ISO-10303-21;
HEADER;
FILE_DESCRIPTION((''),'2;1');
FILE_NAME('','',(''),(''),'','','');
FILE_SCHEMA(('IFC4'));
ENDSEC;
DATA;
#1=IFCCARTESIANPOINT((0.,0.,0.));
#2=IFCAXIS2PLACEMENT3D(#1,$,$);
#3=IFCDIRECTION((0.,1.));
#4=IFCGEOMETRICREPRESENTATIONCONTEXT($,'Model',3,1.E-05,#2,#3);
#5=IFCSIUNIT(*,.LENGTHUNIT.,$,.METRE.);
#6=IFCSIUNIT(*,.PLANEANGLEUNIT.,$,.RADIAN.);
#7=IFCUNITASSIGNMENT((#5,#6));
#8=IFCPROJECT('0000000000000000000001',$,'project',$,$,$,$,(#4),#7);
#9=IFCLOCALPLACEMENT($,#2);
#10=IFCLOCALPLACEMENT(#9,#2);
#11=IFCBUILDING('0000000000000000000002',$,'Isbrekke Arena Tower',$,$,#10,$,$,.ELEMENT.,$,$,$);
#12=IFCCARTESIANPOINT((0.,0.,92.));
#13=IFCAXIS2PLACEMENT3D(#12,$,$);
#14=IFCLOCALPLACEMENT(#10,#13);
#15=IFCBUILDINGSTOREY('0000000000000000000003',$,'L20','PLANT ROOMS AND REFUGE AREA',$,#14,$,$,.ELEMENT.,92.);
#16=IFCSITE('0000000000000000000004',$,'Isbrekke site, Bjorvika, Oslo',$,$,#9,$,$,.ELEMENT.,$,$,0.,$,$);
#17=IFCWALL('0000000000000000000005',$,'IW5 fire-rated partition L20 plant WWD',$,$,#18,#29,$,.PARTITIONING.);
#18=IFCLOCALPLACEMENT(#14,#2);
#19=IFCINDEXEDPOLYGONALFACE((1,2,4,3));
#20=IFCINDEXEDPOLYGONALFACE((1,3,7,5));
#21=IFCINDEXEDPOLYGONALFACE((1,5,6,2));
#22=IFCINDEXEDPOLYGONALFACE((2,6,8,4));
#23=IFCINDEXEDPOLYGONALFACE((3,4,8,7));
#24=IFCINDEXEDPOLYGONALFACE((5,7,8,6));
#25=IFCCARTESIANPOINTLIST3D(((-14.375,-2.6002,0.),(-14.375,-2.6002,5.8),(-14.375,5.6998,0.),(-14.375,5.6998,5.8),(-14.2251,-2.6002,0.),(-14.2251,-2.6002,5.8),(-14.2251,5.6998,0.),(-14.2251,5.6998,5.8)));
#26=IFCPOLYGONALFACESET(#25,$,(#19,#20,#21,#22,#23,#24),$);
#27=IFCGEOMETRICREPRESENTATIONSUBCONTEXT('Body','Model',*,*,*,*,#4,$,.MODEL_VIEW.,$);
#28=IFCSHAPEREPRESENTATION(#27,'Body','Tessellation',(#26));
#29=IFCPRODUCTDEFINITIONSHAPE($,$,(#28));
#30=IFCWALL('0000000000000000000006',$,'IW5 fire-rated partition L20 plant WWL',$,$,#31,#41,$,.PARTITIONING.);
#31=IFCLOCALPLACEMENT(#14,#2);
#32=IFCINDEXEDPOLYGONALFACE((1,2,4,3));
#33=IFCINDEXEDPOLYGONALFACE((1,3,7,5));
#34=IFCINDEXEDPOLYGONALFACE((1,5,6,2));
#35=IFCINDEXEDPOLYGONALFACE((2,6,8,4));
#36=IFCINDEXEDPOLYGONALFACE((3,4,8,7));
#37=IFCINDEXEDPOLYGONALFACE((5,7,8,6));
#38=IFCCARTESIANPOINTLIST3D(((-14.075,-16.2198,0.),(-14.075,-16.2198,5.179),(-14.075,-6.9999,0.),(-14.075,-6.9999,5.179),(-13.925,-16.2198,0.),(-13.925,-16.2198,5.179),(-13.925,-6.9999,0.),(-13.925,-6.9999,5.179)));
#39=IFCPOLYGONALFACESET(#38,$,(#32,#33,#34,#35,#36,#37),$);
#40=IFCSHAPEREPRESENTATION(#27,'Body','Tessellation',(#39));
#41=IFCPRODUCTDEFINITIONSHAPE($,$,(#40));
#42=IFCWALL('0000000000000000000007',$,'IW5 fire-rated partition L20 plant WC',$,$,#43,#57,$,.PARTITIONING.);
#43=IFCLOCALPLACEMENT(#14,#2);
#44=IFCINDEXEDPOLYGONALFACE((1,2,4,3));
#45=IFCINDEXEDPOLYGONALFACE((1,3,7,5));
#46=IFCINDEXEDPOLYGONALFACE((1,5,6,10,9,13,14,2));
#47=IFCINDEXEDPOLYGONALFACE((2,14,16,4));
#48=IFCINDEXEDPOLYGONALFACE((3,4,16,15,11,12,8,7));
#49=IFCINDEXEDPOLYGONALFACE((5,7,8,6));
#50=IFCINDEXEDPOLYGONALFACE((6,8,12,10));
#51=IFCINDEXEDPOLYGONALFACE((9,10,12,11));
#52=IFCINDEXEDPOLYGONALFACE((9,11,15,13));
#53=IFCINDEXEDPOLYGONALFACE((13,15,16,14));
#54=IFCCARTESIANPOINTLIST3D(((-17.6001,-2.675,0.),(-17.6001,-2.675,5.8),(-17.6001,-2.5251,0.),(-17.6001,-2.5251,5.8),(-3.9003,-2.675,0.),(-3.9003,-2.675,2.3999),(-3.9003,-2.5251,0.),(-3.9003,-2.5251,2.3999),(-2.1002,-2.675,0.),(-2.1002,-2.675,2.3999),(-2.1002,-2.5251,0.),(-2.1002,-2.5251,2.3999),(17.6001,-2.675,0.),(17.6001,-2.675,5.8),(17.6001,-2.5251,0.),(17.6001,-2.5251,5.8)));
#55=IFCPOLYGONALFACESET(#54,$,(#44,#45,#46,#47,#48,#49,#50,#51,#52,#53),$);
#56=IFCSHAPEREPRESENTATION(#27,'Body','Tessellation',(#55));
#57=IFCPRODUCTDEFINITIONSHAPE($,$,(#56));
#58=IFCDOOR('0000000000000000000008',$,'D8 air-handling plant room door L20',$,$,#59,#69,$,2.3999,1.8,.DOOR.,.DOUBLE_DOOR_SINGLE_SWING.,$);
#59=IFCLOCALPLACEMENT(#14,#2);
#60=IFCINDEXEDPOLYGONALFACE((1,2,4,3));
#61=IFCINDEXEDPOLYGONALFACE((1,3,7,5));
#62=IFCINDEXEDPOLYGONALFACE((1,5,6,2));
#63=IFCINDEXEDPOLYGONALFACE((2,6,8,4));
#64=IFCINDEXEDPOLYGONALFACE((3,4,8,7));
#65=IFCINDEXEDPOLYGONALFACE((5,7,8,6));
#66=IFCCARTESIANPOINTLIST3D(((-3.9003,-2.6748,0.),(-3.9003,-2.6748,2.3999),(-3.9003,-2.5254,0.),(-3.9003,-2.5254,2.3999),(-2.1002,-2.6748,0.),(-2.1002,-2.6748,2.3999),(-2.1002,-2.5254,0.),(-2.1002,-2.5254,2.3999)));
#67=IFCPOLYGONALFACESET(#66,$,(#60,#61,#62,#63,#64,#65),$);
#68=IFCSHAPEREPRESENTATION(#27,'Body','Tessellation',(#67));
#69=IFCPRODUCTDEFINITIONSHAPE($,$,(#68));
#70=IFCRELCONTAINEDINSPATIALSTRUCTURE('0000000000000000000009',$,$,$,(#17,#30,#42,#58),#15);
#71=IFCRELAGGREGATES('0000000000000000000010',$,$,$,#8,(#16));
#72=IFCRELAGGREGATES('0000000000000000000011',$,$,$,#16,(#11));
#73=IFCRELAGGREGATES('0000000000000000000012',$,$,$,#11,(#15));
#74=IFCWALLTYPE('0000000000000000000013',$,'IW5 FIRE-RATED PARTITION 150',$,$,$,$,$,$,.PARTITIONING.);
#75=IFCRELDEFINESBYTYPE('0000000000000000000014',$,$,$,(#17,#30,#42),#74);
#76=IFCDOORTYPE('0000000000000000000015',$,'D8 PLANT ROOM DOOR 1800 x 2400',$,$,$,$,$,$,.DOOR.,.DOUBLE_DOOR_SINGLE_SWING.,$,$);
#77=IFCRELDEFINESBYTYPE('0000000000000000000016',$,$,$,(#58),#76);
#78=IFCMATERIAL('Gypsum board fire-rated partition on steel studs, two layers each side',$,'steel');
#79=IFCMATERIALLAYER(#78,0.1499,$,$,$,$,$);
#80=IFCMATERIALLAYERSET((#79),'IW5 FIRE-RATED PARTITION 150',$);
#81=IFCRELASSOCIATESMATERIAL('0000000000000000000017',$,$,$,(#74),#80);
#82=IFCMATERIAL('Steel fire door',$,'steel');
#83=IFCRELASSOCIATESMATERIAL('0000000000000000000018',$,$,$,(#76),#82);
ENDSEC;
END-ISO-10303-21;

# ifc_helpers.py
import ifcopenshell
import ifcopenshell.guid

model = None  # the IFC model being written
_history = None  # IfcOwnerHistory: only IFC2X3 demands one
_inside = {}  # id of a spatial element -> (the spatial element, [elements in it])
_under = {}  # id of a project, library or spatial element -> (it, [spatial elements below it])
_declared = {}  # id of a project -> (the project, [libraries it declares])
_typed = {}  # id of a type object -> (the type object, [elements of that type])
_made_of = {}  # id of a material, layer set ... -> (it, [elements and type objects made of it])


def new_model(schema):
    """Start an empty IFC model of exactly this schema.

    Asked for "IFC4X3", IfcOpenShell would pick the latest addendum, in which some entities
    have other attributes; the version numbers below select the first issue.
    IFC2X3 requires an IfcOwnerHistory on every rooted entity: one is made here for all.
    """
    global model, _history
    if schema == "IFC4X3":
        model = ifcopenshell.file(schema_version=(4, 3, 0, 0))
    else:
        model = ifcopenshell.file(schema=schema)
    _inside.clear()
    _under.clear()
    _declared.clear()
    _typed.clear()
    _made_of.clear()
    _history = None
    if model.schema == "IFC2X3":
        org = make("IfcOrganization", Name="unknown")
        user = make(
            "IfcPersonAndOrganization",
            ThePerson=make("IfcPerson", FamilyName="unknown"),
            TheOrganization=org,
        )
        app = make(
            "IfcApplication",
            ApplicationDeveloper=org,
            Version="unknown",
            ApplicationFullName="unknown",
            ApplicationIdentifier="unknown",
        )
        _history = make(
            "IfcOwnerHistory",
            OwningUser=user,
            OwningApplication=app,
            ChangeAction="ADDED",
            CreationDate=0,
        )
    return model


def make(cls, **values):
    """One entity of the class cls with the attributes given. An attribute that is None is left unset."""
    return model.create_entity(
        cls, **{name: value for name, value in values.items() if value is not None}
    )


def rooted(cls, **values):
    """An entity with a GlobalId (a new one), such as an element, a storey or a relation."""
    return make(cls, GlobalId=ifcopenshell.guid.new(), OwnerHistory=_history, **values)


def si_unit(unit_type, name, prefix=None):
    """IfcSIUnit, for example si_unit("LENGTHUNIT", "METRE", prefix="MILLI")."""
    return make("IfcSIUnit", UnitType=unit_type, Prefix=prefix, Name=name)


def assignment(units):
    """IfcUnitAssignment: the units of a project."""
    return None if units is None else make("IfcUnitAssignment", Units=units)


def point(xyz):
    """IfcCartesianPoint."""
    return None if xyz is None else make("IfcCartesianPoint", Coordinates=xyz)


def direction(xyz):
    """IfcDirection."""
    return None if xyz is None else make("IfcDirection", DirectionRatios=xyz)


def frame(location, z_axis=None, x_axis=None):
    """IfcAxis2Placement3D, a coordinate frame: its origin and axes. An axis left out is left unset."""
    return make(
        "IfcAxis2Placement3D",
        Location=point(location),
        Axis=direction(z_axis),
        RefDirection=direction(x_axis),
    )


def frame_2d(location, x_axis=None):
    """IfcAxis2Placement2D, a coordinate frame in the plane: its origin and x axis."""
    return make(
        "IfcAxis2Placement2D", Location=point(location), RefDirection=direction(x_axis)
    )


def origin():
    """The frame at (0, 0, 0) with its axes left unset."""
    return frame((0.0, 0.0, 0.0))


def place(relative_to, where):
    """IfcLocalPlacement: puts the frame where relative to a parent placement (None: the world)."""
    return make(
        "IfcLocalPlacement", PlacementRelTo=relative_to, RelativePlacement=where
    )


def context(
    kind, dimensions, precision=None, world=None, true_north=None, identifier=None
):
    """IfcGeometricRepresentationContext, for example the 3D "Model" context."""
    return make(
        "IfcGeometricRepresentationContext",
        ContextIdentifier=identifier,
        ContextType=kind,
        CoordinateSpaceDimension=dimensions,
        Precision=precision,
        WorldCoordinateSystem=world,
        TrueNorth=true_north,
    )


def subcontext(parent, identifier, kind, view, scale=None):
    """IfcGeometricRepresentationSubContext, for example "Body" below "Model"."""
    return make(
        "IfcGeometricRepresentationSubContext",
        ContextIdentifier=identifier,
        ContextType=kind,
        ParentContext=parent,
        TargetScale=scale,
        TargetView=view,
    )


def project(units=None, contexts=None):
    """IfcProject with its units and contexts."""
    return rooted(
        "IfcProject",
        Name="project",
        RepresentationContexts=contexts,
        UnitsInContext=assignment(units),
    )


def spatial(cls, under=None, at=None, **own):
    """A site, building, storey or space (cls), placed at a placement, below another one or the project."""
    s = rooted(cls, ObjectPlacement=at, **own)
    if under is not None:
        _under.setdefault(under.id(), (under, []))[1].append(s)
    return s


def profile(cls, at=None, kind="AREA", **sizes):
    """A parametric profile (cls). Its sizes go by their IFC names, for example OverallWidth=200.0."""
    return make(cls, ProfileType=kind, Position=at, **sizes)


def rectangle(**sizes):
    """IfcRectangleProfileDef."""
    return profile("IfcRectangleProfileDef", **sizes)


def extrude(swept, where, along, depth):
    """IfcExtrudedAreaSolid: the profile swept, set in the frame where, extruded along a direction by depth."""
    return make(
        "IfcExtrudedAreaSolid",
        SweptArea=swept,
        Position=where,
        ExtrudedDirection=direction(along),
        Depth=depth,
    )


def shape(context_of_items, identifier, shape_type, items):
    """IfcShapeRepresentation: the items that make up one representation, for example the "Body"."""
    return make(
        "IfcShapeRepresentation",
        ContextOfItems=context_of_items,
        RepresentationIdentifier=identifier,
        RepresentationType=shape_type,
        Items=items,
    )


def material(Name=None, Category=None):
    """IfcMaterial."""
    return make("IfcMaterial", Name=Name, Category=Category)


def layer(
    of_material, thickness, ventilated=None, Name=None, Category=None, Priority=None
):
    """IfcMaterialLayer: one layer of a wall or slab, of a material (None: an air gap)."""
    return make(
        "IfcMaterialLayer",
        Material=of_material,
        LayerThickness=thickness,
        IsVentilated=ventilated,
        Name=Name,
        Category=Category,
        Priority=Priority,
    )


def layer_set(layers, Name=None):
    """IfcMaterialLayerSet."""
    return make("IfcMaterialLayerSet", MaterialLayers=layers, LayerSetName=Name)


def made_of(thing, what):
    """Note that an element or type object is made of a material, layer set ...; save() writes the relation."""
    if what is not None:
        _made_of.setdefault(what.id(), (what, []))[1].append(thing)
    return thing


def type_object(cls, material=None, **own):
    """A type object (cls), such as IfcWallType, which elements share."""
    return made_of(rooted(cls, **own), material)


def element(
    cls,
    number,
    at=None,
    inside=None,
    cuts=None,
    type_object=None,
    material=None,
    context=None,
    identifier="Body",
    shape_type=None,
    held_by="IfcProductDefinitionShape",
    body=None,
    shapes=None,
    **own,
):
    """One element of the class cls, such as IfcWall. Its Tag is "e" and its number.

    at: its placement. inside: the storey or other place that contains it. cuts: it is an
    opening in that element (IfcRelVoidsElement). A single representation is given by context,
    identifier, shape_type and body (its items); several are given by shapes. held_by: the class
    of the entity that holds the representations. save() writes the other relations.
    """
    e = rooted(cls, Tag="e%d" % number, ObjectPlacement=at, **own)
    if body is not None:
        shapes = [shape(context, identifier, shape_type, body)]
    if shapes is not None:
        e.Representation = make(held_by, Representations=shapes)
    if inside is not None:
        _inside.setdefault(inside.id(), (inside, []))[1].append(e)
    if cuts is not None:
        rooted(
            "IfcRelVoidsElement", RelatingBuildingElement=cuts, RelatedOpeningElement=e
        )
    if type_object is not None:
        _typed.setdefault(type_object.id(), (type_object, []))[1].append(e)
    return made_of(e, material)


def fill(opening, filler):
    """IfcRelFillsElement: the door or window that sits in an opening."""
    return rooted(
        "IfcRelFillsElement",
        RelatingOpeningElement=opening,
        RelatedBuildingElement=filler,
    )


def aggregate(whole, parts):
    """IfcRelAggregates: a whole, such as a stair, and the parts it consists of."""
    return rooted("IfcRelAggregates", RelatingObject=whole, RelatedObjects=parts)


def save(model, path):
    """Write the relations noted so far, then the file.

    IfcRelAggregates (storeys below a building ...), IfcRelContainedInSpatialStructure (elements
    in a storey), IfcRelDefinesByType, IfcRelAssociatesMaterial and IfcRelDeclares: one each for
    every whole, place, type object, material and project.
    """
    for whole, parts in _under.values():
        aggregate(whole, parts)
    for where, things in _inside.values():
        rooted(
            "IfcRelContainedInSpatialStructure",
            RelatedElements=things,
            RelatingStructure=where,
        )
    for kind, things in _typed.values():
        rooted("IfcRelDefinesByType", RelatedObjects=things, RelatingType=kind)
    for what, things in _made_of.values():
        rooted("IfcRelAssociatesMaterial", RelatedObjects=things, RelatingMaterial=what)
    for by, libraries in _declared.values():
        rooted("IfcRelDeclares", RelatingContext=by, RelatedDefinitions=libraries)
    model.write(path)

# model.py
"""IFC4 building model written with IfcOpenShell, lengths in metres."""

from ifc_helpers import new_model, si_unit, direction, frame, frame_2d, origin, place, context, subcontext, project, spatial, rectangle, extrude, material, layer, layer_set, type_object, element, fill, save


model = new_model("IFC4")

# Units and contexts
model_context = context("Model", 3, precision=1e-05, world=origin(), true_north=direction((0.0, 1.0)))
body_context = subcontext(model_context, "Body", "Model", "MODEL_VIEW")
ifc_project = project(units=[si_unit("LENGTHUNIT", "METRE"), si_unit("PLANEANGLEUNIT", "RADIAN")], contexts=[model_context])

# Site, building, storey
site_placement = place(None, origin())
site = spatial("IfcSite", under=ifc_project, at=site_placement, Name="Isbrekke site, Bjorvika, Oslo", CompositionType="ELEMENT", RefElevation=0.0)
building_placement = place(site_placement, origin())
building = spatial("IfcBuilding", under=site, at=building_placement, Name="Isbrekke Arena Tower", CompositionType="ELEMENT")
storey_placement = place(building_placement, frame((0.0, 0.0, 92.0)))
storey = spatial("IfcBuildingStorey", under=building, at=storey_placement, Name="L20", Description="PLANT ROOMS AND REFUGE AREA", CompositionType="ELEMENT", Elevation=92.0)

# Shared definitions
ifc_material_1 = material(Name="Gypsum board fire-rated partition on steel studs, two layers each side", Category="steel")
ifc_layer_1 = layer(ifc_material_1, 0.1499)
ifc_layer_set_1 = layer_set([ifc_layer_1], Name="IW5 FIRE-RATED PARTITION 150")
wall_type = type_object("IfcWallType", Name="IW5 FIRE-RATED PARTITION 150", PredefinedType="PARTITIONING", material=ifc_layer_set_1)
ifc_material_2 = material(Name="Steel fire door", Category="steel")
door_type = type_object("IfcDoorType", Name="D8 PLANT ROOM DOOR 1800 x 2400", OperationType="DOUBLE_DOOR_SINGLE_SWING", PredefinedType="DOOR", material=ifc_material_2)

# Walls
wall_1_placement = place(storey_placement, frame((-14.3, -2.6001, 0.0), z_axis=(0.0, 0.0, 1.0), x_axis=(0.0, 1.0, 0.0)))
element("IfcWall", 1, at=wall_1_placement, inside=storey, type_object=wall_type, Name="IW5 fire-rated partition L20 plant WWD", PredefinedType="PARTITIONING", context=body_context, shape_type="SweptSolid", body=[
    extrude(rectangle(XDim=8.3, YDim=0.1499, at=frame_2d((4.1499, 0.0))), origin(), (0.0, 0.0, 1.0), 5.8),
])
wall_2_placement = place(storey_placement, frame((-14.0, -7.0, 0.0), z_axis=(0.0, 0.0, 1.0), x_axis=(0.0, -1.0, 0.0)))
element("IfcWall", 2, at=wall_2_placement, inside=storey, type_object=wall_type, Name="IW5 fire-rated partition L20 plant WWL", PredefinedType="PARTITIONING", context=body_context, shape_type="SweptSolid", body=[
    extrude(rectangle(XDim=9.22, YDim=0.1499, at=frame_2d((4.6099, 0.0))), origin(), (0.0, 0.0, 1.0), 5.179),
])

# Wall, opening, door
wall_3_placement = place(storey_placement, frame((-17.6001, -2.6001, 0.0), z_axis=(0.0, 0.0, 1.0), x_axis=(1.0, 0.0, 0.0)))
wall_3 = element("IfcWall", 3, at=wall_3_placement, inside=storey, type_object=wall_type, Name="IW5 fire-rated partition L20 plant WC", PredefinedType="PARTITIONING", context=body_context, shape_type="SweptSolid", body=[
    extrude(rectangle(XDim=35.2002, YDim=0.1499, at=frame_2d((17.6001, 0.0))), origin(), (0.0, 0.0, 1.0), 5.8),
])
opening_1_placement = place(wall_3_placement, frame((13.7, 0.0, 0.0)))
opening_1 = element("IfcOpeningElement", 4, at=opening_1_placement, cuts=wall_3, PredefinedType="OPENING", context=body_context, shape_type="SweptSolid", body=[
    extrude(rectangle(XDim=1.8, YDim=2.3999, at=frame_2d((0.8999, 1.2))), frame((0.0, 0.0898, 0.0), z_axis=(0.0, -1.0, 0.0), x_axis=(1.0, 0.0, 0.0)), (0.0, 0.0, 1.0), 0.1797),
])
door_1_placement = place(opening_1_placement, origin())
door_1 = element("IfcDoor", 5, at=door_1_placement, inside=storey, type_object=door_type, Name="D8 air-handling plant room door L20", OperationType="DOUBLE_DOOR_SINGLE_SWING", OverallHeight=2.3999, OverallWidth=1.8, PredefinedType="DOOR", context=body_context, shape_type="SweptSolid", body=[
    extrude(rectangle(XDim=1.8, YDim=2.3999, at=frame_2d((0.8999, 1.2))), frame((0.0, 0.0747, 0.0), z_axis=(0.0, -1.0, 0.0), x_axis=(1.0, 0.0, 0.0)), (0.0, 0.0, 1.0), 0.1494),
])
fill(opening_1, door_1)

save(model, "model.ifc")
